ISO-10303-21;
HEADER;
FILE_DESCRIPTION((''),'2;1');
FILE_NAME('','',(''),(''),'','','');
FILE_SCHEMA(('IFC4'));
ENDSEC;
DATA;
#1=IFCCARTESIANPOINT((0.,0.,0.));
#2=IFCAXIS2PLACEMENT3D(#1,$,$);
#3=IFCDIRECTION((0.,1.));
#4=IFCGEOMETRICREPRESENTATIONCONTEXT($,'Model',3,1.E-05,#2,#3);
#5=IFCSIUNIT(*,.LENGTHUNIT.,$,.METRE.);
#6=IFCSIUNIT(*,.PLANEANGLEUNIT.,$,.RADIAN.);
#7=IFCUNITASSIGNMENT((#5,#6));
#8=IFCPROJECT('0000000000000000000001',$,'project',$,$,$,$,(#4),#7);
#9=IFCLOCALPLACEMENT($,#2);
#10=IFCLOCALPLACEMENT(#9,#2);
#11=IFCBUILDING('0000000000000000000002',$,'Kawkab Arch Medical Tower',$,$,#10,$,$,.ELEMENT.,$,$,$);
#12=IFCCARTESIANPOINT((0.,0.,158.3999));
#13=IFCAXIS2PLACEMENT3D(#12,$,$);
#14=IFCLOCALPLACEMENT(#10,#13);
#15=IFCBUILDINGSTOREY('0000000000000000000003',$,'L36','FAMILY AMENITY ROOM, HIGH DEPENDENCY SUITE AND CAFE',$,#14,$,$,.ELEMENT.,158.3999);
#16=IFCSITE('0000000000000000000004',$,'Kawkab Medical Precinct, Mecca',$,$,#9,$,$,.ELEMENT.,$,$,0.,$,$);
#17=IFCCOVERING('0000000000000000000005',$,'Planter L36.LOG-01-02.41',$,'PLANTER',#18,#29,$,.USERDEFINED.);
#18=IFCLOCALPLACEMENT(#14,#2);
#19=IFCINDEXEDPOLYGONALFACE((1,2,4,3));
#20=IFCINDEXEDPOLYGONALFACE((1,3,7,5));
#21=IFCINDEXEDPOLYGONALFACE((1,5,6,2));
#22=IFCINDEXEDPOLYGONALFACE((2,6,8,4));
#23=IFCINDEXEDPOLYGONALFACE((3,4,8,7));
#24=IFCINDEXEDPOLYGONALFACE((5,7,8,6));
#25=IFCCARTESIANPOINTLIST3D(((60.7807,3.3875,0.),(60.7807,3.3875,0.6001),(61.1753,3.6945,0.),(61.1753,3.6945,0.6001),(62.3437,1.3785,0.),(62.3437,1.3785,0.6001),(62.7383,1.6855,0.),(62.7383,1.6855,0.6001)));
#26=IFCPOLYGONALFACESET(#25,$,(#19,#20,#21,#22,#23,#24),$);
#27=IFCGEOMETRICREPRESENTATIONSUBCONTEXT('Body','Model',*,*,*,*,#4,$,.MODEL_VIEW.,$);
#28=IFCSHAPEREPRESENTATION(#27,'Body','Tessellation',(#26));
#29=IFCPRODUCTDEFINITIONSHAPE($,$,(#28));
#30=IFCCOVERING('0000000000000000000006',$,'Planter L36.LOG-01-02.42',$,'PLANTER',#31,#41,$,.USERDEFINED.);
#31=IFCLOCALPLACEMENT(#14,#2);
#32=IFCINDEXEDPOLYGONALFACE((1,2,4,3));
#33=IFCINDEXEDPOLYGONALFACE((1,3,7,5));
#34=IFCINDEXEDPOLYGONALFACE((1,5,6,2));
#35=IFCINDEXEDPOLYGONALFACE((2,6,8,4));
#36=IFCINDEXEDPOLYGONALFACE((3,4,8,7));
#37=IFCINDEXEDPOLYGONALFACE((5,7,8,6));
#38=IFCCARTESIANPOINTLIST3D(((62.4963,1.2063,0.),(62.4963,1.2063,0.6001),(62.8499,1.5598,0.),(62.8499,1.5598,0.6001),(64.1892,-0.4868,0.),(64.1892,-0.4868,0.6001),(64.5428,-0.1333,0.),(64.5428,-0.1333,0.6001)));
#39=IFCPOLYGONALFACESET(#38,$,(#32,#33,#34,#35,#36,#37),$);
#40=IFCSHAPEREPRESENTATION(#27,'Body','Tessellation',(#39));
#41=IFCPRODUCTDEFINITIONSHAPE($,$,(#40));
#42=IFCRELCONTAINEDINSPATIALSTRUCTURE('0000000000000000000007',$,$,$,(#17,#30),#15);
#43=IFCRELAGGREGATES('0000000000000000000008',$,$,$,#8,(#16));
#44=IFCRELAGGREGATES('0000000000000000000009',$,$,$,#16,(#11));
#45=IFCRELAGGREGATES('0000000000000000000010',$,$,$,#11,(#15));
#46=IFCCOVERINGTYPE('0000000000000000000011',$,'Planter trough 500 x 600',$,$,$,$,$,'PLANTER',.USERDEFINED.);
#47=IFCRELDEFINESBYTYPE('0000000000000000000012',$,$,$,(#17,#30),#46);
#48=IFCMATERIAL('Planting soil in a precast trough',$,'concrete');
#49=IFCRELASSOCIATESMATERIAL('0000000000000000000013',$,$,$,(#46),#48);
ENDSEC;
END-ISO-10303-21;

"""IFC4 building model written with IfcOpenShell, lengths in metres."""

from ifc_helpers import new_model, si_unit, direction, frame, origin, origin_2d, place, context, subcontext, project, spatial, rectangle, extrude, material, material_profile, profile_set, type_object, element, save


model = new_model("IFC4")

# Units and contexts
model_context = context("Model", 3, precision=1e-05, world=origin(), true_north=direction((0.0, 1.0)))
body_context = subcontext(model_context, "Body", "Model", "MODEL_VIEW")
ifc_project = project(units=[si_unit("LENGTHUNIT", "METRE"), si_unit("PLANEANGLEUNIT", "RADIAN")], contexts=[model_context])

# Site, building, storey
site_placement = place(None, origin())
site = spatial("IfcSite", under=ifc_project, at=site_placement, Name="Kawkab Medical Precinct, Mecca", CompositionType="ELEMENT", RefElevation=0.0)
building_placement = place(site_placement, origin())
building = spatial("IfcBuilding", under=site, at=building_placement, Name="Kawkab Arch Medical Tower", CompositionType="ELEMENT")
storey_placement = place(building_placement, frame((0.0, 0.0, 158.3999)))
storey = spatial("IfcBuildingStorey", under=building, at=storey_placement, Name="L36", Description="FAMILY AMENITY ROOM, HIGH DEPENDENCY SUITE AND CAFE", CompositionType="ELEMENT", Elevation=158.3999)

# Coverings
ifc_material_1 = material(Name="Planting soil in a precast trough", Category="concrete")
ifc_material_profile_1 = material_profile(ifc_material_1, rectangle(XDim=0.5, YDim=0.6001, at=origin_2d()), Name="Trough 500x600")
ifc_profile_set_1 = profile_set([ifc_material_profile_1], Name="Planting soil in a precast trough")
covering_type = type_object("IfcCoveringType", Name="Planter trough 500 x 600", ElementType="PLANTER", PredefinedType="USERDEFINED", material=ifc_profile_set_1)
covering_1_placement = place(storey_placement, frame((60.978, 3.541, 0.3), z_axis=(0.61404, -0.789275, 0.0), x_axis=(0.789275, 0.61404, 0.0)))
element("IfcCovering", 1, at=covering_1_placement, inside=storey, type_object=covering_type, Name="Planter L36.LOG-01-02.41", ObjectType="PLANTER", PredefinedType="USERDEFINED", context=body_context, shape_type="SweptSolid", body=[
    extrude(rectangle(XDim=0.5, YDim=0.6001, at=origin_2d()), origin(), (0.0, 0.0, 1.0), 2.5454),
])
covering_2_placement = place(storey_placement, frame((62.6731, 1.3831, 0.3), z_axis=(0.707056, -0.707158, 0.0), x_axis=(0.707158, 0.707056, 0.0)))
element("IfcCovering", 2, at=covering_2_placement, inside=storey, type_object=covering_type, Name="Planter L36.LOG-01-02.42", ObjectType="PLANTER", PredefinedType="USERDEFINED", context=body_context, shape_type="SweptSolid", body=[
    extrude(rectangle(XDim=0.5, YDim=0.6001, at=origin_2d()), origin(), (0.0, 0.0, 1.0), 2.3943),
])

save(model, "model.ifc")
